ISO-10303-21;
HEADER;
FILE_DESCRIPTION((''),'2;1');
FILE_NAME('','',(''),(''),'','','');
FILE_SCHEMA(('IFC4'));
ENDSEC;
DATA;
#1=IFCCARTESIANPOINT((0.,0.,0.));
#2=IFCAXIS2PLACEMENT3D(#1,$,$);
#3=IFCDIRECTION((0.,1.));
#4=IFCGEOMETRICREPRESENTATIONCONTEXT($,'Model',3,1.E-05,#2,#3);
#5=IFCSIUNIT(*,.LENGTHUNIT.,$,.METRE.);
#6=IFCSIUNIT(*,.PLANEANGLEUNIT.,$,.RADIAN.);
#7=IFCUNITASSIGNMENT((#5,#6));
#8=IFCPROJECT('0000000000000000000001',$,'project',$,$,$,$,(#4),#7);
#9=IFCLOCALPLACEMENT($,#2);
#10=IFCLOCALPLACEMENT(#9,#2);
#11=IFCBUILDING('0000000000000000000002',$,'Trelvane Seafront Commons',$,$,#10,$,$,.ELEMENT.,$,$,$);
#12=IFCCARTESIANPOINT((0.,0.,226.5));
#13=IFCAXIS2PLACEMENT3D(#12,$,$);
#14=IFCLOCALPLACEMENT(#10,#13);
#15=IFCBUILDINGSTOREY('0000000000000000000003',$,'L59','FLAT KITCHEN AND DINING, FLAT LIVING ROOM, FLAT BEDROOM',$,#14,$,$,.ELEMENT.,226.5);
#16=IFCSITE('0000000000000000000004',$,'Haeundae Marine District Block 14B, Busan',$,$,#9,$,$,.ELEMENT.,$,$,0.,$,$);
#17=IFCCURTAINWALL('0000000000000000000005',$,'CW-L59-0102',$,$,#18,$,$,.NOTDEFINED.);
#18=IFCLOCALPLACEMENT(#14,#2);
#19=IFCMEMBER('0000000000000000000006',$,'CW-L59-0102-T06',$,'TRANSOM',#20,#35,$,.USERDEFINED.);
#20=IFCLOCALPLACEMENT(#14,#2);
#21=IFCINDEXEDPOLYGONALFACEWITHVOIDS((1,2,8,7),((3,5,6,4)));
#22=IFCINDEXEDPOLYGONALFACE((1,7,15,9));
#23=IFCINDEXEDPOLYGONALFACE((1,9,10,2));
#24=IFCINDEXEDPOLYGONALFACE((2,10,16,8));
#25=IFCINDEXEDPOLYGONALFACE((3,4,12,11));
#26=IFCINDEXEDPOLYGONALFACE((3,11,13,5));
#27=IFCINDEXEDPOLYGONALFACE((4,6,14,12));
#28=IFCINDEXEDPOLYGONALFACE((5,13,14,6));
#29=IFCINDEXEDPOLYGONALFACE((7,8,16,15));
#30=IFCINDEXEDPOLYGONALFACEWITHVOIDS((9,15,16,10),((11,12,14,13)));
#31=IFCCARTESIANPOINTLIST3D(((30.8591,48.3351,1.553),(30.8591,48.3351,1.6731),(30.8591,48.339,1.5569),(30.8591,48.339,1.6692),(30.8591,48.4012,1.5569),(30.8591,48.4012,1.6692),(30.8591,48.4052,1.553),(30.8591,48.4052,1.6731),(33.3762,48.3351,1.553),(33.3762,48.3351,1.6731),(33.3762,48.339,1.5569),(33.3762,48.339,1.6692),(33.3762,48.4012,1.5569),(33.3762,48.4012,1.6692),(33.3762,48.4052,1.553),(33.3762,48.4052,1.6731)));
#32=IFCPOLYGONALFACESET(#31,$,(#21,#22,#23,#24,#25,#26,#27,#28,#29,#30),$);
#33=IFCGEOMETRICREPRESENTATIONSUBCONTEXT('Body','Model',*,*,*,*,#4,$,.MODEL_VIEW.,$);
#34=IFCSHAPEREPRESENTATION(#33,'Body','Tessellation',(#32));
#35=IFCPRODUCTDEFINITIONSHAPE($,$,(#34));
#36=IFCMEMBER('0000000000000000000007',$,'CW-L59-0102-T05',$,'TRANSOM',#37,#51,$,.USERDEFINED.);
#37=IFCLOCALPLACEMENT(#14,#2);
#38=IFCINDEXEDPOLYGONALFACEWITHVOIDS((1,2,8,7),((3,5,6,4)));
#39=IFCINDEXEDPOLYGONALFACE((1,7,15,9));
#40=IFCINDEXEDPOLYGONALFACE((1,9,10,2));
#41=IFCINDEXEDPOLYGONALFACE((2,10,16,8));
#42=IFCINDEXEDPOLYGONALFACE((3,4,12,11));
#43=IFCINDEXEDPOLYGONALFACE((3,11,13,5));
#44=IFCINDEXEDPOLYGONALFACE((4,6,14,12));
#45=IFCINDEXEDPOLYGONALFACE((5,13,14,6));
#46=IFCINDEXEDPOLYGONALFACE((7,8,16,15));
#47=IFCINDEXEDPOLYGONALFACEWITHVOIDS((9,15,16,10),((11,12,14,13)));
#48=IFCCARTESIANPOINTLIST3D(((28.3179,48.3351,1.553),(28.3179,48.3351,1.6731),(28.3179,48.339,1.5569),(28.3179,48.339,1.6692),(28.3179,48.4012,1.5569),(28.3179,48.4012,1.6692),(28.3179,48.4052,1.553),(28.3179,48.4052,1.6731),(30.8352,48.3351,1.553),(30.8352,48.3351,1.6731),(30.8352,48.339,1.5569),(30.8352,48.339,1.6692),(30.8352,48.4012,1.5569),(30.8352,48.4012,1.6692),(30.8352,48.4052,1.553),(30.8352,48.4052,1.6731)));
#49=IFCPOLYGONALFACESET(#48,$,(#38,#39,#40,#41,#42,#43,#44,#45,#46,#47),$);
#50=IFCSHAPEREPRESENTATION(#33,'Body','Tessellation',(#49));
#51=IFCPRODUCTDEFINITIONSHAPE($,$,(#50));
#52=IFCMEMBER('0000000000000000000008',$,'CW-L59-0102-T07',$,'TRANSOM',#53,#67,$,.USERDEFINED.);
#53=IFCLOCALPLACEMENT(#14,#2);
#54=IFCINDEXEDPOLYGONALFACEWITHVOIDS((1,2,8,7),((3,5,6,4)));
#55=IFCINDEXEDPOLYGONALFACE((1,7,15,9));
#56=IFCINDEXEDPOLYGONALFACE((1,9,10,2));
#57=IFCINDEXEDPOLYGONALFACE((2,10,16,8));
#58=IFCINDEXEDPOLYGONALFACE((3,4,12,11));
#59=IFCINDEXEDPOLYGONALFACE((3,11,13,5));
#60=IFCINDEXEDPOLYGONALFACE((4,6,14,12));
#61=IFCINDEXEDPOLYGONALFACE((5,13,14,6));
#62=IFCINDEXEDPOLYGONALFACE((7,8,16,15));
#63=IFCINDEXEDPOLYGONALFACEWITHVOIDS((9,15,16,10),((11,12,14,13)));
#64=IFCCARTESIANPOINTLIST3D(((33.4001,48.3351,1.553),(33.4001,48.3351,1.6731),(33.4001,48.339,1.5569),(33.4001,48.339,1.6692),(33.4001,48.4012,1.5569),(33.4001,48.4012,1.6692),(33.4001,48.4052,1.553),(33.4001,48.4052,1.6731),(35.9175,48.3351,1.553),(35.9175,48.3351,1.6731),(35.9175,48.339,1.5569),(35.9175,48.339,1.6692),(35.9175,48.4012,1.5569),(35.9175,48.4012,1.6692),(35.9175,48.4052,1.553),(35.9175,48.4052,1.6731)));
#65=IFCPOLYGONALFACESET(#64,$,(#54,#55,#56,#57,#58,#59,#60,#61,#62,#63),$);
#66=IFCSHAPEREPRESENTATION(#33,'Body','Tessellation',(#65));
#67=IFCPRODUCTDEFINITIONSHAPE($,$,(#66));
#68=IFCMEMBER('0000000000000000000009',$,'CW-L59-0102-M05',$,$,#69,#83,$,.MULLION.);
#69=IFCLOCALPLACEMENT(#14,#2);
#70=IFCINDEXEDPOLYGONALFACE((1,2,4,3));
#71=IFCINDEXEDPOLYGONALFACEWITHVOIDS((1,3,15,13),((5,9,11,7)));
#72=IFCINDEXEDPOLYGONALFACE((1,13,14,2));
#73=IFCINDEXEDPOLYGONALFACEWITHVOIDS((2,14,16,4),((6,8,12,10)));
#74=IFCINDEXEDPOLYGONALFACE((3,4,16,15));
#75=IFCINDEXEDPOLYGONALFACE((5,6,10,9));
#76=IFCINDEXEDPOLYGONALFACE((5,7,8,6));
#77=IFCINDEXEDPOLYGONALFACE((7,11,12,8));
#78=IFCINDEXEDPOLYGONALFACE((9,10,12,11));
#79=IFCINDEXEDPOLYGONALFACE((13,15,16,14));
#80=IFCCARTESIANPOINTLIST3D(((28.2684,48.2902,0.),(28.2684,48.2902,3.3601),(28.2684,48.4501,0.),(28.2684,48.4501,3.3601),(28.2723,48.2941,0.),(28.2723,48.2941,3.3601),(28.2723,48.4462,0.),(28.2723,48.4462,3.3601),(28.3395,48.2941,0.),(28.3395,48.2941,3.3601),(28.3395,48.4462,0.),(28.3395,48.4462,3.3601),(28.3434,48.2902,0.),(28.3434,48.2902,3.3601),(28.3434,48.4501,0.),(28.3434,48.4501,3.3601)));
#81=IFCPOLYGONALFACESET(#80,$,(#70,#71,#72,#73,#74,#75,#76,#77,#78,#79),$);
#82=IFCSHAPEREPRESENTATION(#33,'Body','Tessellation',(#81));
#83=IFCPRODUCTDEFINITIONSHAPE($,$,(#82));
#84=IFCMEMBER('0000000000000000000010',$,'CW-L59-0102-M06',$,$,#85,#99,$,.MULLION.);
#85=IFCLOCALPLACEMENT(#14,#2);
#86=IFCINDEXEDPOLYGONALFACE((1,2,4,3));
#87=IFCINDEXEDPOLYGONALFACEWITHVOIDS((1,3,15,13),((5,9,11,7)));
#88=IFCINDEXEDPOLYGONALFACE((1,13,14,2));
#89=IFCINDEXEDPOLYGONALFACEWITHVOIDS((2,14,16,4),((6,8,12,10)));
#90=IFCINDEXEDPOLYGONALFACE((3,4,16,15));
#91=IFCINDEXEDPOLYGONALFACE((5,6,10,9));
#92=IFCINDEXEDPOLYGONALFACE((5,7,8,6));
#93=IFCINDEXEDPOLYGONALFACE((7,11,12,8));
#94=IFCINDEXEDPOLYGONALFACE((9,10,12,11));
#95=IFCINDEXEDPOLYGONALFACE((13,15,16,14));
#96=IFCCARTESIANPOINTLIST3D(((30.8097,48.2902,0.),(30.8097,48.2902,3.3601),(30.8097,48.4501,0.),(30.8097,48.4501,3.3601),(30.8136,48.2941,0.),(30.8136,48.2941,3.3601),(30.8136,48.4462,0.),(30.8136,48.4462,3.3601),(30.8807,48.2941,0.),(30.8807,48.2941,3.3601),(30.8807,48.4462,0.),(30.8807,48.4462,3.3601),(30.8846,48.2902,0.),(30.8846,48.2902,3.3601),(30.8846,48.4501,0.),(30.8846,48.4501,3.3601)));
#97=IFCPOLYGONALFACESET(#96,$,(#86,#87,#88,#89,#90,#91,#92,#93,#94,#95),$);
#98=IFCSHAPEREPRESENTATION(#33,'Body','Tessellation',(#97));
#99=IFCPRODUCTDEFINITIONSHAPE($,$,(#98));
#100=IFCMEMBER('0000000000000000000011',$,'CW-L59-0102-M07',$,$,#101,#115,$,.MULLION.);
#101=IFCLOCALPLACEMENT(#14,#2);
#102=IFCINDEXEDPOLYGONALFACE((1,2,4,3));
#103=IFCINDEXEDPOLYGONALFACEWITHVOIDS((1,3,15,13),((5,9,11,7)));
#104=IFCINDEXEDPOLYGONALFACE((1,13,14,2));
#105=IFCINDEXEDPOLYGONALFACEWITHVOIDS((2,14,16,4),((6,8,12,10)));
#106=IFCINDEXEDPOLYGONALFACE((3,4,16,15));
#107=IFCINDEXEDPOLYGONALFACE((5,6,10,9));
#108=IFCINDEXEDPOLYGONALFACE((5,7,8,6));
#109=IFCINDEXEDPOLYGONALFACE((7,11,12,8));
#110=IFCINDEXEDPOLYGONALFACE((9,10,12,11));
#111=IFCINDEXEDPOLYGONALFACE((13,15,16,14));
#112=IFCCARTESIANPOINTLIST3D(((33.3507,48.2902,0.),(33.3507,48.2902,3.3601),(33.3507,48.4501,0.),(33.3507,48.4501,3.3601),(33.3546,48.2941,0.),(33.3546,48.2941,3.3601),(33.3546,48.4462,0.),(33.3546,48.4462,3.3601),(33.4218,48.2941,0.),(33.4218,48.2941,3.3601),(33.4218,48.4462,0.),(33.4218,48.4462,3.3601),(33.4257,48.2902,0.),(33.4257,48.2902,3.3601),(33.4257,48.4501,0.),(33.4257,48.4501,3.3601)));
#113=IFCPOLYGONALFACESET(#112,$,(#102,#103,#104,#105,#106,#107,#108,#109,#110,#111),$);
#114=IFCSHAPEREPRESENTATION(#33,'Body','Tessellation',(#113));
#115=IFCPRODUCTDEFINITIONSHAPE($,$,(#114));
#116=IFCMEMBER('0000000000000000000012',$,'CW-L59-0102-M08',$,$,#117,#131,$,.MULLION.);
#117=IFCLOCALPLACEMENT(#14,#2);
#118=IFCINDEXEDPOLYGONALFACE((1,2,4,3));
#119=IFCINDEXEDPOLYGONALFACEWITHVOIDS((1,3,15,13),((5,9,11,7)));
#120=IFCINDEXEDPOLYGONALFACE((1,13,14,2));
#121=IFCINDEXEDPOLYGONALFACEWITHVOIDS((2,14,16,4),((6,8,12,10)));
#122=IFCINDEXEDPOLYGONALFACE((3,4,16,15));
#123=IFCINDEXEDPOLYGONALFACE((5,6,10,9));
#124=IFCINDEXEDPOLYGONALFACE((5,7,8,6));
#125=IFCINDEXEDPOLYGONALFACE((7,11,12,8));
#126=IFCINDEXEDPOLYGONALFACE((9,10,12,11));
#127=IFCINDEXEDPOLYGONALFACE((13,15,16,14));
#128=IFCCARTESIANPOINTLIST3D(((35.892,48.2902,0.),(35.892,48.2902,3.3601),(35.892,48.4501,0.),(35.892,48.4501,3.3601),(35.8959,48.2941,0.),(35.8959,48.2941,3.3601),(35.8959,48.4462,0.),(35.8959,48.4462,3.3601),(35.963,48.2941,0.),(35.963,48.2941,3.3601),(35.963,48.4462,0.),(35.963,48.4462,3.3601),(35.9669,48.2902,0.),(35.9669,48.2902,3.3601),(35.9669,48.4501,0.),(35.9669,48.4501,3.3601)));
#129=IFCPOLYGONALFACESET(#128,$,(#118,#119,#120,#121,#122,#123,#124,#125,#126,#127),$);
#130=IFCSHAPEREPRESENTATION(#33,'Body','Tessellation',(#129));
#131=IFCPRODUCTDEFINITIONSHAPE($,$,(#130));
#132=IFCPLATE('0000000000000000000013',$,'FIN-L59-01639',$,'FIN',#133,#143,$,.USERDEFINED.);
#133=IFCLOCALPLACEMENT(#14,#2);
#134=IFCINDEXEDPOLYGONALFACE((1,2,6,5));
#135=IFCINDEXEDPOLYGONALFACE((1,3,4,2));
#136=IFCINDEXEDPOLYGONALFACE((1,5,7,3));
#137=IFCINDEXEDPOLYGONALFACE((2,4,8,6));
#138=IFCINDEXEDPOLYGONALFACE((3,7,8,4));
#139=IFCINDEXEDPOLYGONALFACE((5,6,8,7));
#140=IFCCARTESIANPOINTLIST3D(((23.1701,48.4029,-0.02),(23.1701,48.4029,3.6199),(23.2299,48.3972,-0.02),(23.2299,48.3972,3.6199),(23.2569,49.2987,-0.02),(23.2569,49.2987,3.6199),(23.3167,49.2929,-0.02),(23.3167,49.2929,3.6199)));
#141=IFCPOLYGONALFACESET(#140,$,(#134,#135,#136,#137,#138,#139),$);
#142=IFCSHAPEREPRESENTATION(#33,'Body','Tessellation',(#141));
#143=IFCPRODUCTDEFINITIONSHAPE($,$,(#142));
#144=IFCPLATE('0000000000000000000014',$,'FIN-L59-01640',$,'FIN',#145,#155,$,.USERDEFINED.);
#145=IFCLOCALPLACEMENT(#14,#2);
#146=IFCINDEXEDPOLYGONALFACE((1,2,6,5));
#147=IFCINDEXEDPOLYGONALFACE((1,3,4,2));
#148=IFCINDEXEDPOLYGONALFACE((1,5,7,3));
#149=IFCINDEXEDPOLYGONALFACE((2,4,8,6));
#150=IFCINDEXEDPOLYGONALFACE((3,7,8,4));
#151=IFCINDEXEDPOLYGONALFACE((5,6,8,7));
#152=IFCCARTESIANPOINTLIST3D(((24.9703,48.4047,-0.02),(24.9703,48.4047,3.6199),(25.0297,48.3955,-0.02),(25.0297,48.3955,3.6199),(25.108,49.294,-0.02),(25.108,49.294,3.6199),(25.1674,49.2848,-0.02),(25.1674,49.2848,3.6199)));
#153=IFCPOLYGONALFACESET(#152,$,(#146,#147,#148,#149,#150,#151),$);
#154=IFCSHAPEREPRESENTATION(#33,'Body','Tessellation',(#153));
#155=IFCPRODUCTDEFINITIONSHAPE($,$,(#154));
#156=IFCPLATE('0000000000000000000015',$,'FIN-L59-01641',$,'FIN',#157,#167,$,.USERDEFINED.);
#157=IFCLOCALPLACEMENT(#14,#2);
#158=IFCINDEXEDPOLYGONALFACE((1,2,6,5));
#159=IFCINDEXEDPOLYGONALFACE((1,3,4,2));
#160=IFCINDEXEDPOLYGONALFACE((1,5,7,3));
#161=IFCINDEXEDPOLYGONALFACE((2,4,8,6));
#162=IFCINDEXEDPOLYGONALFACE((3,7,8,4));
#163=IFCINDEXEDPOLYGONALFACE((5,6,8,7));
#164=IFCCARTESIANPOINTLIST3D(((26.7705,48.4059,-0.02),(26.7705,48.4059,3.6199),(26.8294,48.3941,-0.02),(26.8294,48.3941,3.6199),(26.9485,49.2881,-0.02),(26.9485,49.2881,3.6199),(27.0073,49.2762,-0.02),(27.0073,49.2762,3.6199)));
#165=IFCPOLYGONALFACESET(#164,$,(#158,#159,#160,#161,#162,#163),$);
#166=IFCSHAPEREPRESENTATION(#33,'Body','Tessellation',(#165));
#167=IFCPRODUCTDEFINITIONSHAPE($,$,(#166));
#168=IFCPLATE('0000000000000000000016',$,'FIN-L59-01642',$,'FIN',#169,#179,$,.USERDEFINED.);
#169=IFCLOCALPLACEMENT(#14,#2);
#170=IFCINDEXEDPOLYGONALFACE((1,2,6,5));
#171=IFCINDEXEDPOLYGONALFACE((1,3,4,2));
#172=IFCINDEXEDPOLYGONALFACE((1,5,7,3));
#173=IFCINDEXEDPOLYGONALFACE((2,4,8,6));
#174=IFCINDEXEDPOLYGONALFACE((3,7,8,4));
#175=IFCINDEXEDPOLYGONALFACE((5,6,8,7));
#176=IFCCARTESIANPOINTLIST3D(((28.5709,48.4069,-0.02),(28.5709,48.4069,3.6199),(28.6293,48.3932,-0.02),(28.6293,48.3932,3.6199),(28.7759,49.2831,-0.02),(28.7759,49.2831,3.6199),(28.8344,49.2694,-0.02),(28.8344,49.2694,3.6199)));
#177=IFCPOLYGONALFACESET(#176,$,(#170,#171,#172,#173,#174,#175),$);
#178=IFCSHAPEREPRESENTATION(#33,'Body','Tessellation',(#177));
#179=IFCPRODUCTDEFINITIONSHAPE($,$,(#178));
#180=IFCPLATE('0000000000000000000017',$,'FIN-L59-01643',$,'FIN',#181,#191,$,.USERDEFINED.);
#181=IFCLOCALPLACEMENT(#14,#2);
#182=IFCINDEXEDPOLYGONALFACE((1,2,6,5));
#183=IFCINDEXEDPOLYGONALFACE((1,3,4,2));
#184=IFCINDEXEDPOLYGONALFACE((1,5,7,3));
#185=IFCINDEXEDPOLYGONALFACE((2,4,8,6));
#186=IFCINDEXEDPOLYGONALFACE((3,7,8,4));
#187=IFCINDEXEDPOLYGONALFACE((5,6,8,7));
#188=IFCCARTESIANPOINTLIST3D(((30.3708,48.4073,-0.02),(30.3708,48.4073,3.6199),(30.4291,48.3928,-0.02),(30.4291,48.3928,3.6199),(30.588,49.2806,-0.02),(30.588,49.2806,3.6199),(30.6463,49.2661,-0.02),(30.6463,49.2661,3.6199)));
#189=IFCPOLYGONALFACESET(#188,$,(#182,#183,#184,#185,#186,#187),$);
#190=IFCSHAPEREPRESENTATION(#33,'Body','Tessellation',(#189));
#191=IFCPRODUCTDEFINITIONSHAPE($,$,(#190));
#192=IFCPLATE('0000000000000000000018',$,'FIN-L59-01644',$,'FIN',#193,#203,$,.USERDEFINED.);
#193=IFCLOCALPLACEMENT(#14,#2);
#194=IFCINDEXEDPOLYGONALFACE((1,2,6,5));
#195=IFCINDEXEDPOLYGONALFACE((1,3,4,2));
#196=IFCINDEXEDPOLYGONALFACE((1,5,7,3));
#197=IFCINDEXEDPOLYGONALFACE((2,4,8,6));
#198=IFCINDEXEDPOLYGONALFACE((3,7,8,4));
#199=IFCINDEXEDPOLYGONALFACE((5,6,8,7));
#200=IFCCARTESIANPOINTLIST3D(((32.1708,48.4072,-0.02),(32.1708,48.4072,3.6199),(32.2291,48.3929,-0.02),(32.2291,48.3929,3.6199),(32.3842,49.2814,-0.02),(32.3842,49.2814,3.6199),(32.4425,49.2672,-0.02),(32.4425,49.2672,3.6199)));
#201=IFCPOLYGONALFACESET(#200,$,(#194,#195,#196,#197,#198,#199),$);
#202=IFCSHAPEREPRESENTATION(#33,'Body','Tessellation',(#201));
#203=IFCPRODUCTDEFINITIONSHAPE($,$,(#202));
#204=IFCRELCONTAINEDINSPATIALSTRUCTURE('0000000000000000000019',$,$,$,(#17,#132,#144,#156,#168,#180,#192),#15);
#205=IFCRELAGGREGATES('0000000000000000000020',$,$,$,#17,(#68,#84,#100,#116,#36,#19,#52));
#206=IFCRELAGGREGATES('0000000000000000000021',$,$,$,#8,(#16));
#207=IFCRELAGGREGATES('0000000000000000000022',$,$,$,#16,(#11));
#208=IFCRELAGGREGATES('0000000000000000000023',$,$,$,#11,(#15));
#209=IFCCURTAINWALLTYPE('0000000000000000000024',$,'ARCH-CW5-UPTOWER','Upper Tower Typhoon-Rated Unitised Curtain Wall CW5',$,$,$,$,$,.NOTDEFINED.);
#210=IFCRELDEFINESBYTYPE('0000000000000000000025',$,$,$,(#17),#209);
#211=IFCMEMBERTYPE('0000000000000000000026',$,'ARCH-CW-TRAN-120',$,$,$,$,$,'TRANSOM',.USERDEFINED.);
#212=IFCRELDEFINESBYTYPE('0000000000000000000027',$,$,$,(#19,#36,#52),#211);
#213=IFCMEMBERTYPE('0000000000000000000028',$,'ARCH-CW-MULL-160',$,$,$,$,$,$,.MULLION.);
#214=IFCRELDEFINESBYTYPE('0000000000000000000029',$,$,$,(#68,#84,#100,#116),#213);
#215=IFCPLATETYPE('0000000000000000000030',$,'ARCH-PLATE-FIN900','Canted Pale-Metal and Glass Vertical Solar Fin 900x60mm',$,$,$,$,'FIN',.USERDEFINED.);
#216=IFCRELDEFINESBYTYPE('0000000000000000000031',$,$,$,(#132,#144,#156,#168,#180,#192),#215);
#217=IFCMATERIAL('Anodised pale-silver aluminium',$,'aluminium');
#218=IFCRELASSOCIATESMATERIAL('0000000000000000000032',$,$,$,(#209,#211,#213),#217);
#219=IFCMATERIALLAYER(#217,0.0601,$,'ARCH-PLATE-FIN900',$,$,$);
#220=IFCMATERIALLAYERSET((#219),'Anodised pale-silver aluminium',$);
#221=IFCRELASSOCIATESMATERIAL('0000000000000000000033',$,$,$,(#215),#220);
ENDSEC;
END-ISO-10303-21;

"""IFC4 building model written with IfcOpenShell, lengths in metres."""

from ifc_helpers import new_model, si_unit, direction, frame, origin, origin_2d, place, context, subcontext, project, spatial, rectangle, hollow_rectangle, extrude, source, transform, mapped, material, layer, layer_set, material_profile, profile_set, type_object, element, aggregate, save


model = new_model("IFC4")

# Units and contexts
model_context = context("Model", 3, precision=1e-05, world=origin(), true_north=direction((0.0, 1.0)))
body_context = subcontext(model_context, "Body", "Model", "MODEL_VIEW")
ifc_project = project(units=[si_unit("LENGTHUNIT", "METRE"), si_unit("PLANEANGLEUNIT", "RADIAN")], contexts=[model_context])

# Site, building, storey
site_placement = place(None, origin())
site = spatial("IfcSite", under=ifc_project, at=site_placement, Name="Haeundae Marine District Block 14B, Busan", CompositionType="ELEMENT", RefElevation=0.0)
building_placement = place(site_placement, origin())
building = spatial("IfcBuilding", under=site, at=building_placement, Name="Trelvane Seafront Commons", CompositionType="ELEMENT")
storey_placement = place(building_placement, frame((0.0, 0.0, 226.5)))
storey = spatial("IfcBuildingStorey", under=building, at=storey_placement, Name="L59", Description="FLAT KITCHEN AND DINING, FLAT LIVING ROOM, FLAT BEDROOM", CompositionType="ELEMENT", Elevation=226.5)

# Curtain wall, members
ifc_material_1 = material(Name="Anodised pale-silver aluminium", Category="aluminium")
curtain_wall_type = type_object("IfcCurtainWallType", Name="ARCH-CW5-UPTOWER", Description="Upper Tower Typhoon-Rated Unitised Curtain Wall CW5", PredefinedType="NOTDEFINED", material=ifc_material_1)
curtain_wall_placement = place(storey_placement, origin())
curtain_wall = element("IfcCurtainWall", 1, at=curtain_wall_placement, inside=storey, type_object=curtain_wall_type, Name="CW-L59-0102", PredefinedType="NOTDEFINED")
ifc_material_profile_1 = material_profile(ifc_material_1, hollow_rectangle(XDim=0.0701, YDim=0.1201, WallThickness=0.0039, at=origin_2d()), Name="TRAN-70x120x4")
ifc_profile_set_1 = profile_set([ifc_material_profile_1], Name="Anodised pale-silver aluminium")
member_type_1 = type_object("IfcMemberType", Name="ARCH-CW-TRAN-120", ElementType="TRANSOM", PredefinedType="USERDEFINED", material=ifc_profile_set_1)
shared_shape_1 = source(origin(), body_context, "Body", "SweptSolid", [
    extrude(hollow_rectangle(XDim=0.0701, YDim=0.1201, WallThickness=0.0039, at=origin_2d()), origin(), (0.0, 0.0, 1.0), 2.5171),
])
member_1_placement = place(storey_placement, frame((30.8591, 48.3701, 1.613), z_axis=(1.0, 0.0, 0.0), x_axis=(0.0, 1.0, 0.0)))
member_1 = element("IfcMember", 2, at=member_1_placement, type_object=member_type_1, Name="CW-L59-0102-T06", ObjectType="TRANSOM", PredefinedType="USERDEFINED", context=body_context, shape_type="MappedRepresentation", body=[
    mapped(shared_shape_1, transform((0.0, 0.0, 0.0), x_axis=(1.0, 0.0, 0.0), y_axis=(0.0, 1.0, 0.0), z_axis=(0.0, 0.0, 1.0), scale=1.0)),
])
shared_shape_2 = source(origin(), body_context, "Body", "SweptSolid", [
    extrude(hollow_rectangle(XDim=0.0701, YDim=0.1201, WallThickness=0.0039, at=origin_2d()), origin(), (0.0, 0.0, 1.0), 2.5173),
])
member_2_placement = place(storey_placement, frame((28.3179, 48.3701, 1.613), z_axis=(1.0, 0.0, 0.0), x_axis=(0.0, 1.0, 0.0)))
member_2 = element("IfcMember", 3, at=member_2_placement, type_object=member_type_1, Name="CW-L59-0102-T05", ObjectType="TRANSOM", PredefinedType="USERDEFINED", context=body_context, shape_type="MappedRepresentation", body=[
    mapped(shared_shape_2, transform((0.0, 0.0, 0.0), x_axis=(1.0, 0.0, 0.0), y_axis=(0.0, 1.0, 0.0), z_axis=(0.0, 0.0, 1.0), scale=1.0)),
])
member_3_placement = place(storey_placement, frame((33.4001, 48.3701, 1.613), z_axis=(1.0, 0.0, 0.0), x_axis=(0.0, 1.0, 0.0)))
member_3 = element("IfcMember", 4, at=member_3_placement, type_object=member_type_1, Name="CW-L59-0102-T07", ObjectType="TRANSOM", PredefinedType="USERDEFINED", context=body_context, shape_type="MappedRepresentation", body=[
    mapped(shared_shape_2, transform((0.0, 0.0, 0.0), x_axis=(1.0, 0.0, 0.0), y_axis=(0.0, 1.0, 0.0), z_axis=(0.0, 0.0, 1.0), scale=1.0)),
])
ifc_material_profile_2 = material_profile(ifc_material_1, hollow_rectangle(XDim=0.075, YDim=0.1599, WallThickness=0.0039, at=origin_2d()), Name="MULL-75x160x4")
ifc_profile_set_2 = profile_set([ifc_material_profile_2], Name="Anodised pale-silver aluminium")
member_type_2 = type_object("IfcMemberType", Name="ARCH-CW-MULL-160", PredefinedType="MULLION", material=ifc_profile_set_2)
shared_shape_3 = source(origin(), body_context, "Body", "SweptSolid", [
    extrude(hollow_rectangle(XDim=0.075, YDim=0.1599, WallThickness=0.0039, at=origin_2d()), origin(), (0.0, 0.0, 1.0), 3.3601),
])
member_4_placement = place(storey_placement, frame((28.3059, 48.3701, 0.0), z_axis=(0.0, 0.0, 1.0), x_axis=(1.0, 0.0, 0.0)))
member_4 = element("IfcMember", 5, at=member_4_placement, type_object=member_type_2, Name="CW-L59-0102-M05", PredefinedType="MULLION", context=body_context, shape_type="MappedRepresentation", body=[
    mapped(shared_shape_3, transform((0.0, 0.0, 0.0), x_axis=(1.0, 0.0, 0.0), y_axis=(0.0, 1.0, 0.0), z_axis=(0.0, 0.0, 1.0), scale=1.0)),
])
member_5_placement = place(storey_placement, frame((30.8472, 48.3701, 0.0), z_axis=(0.0, 0.0, 1.0), x_axis=(1.0, 0.0, 0.0)))
member_5 = element("IfcMember", 6, at=member_5_placement, type_object=member_type_2, Name="CW-L59-0102-M06", PredefinedType="MULLION", context=body_context, shape_type="MappedRepresentation", body=[
    mapped(shared_shape_3, transform((0.0, 0.0, 0.0), x_axis=(1.0, 0.0, 0.0), y_axis=(0.0, 1.0, 0.0), z_axis=(0.0, 0.0, 1.0), scale=1.0)),
])
member_6_placement = place(storey_placement, frame((33.3882, 48.3701, 0.0), z_axis=(0.0, 0.0, 1.0), x_axis=(1.0, 0.0, 0.0)))
member_6 = element("IfcMember", 7, at=member_6_placement, type_object=member_type_2, Name="CW-L59-0102-M07", PredefinedType="MULLION", context=body_context, shape_type="MappedRepresentation", body=[
    mapped(shared_shape_3, transform((0.0, 0.0, 0.0), x_axis=(1.0, 0.0, 0.0), y_axis=(0.0, 1.0, 0.0), z_axis=(0.0, 0.0, 1.0), scale=1.0)),
])
member_7_placement = place(storey_placement, frame((35.9294, 48.3701, 0.0), z_axis=(0.0, 0.0, 1.0), x_axis=(1.0, 0.0, 0.0)))
member_7 = element("IfcMember", 8, at=member_7_placement, type_object=member_type_2, Name="CW-L59-0102-M08", PredefinedType="MULLION", context=body_context, shape_type="MappedRepresentation", body=[
    mapped(shared_shape_3, transform((0.0, 0.0, 0.0), x_axis=(1.0, 0.0, 0.0), y_axis=(0.0, 1.0, 0.0), z_axis=(0.0, 0.0, 1.0), scale=1.0)),
])

# Plates
ifc_layer_1 = layer(ifc_material_1, 0.0601, Name="ARCH-PLATE-FIN900")
ifc_layer_set_1 = layer_set([ifc_layer_1], Name="Anodised pale-silver aluminium")
plate_type_1 = type_object("IfcPlateType", Name="ARCH-PLATE-FIN900", Description="Canted Pale-Metal and Glass Vertical Solar Fin 900x60mm", ElementType="FIN", PredefinedType="USERDEFINED", material=ifc_layer_set_1)
shared_shape_4 = source(origin(), body_context, "Body", "SweptSolid", [
    extrude(rectangle(XDim=0.8999, YDim=0.0601, at=origin_2d()), origin(), (0.0, 0.0, 1.0), 3.6399),
])
for number, where, z_axis, x_axis, name in (
    (9, (23.2434, 48.8479, -0.02), (0.0, 0.0, 1.0), (0.096445, 0.995338, 0.0), "FIN-L59-01639"),
    (10, (25.0688, 48.8447, -0.02), (0.0, 0.0, 1.0), (0.153001, 0.988226, 0.0), "FIN-L59-01640"),
    (11, (26.8889, 48.8411, -0.02), (0.0, 0.0, 1.0), (0.197782, 0.980246, 0.0), "FIN-L59-01641"),
    (12, (28.7026, 48.8381, -0.02), (0.0, 0.0, 1.0), (0.227894, 0.973686, 0.0), "FIN-L59-01642"),
    (13, (30.5085, 48.8367, -0.02), (0.0, 0.0, 1.0), (0.241333, 0.970442, 0.0), "FIN-L59-01643"),
    (14, (32.3066, 48.8372, -0.02), (0.0, 0.0, 1.0), (0.23712, 0.97148, 0.0), "FIN-L59-01644"),
):
    element("IfcPlate", number, at=place(storey_placement, frame(where, z_axis=z_axis, x_axis=x_axis)), inside=storey, type_object=plate_type_1, Name=name, ObjectType="FIN", PredefinedType="USERDEFINED", context=body_context, shape_type="MappedRepresentation", body=[
        mapped(shared_shape_4, transform((0.0, 0.0, 0.0), x_axis=(1.0, 0.0, 0.0), y_axis=(0.0, 1.0, 0.0), z_axis=(0.0, 0.0, 1.0), scale=1.0)),
    ])

aggregate(curtain_wall, [member_4, member_5, member_6, member_7, member_2, member_1, member_3])

save(model, "model.ifc")
